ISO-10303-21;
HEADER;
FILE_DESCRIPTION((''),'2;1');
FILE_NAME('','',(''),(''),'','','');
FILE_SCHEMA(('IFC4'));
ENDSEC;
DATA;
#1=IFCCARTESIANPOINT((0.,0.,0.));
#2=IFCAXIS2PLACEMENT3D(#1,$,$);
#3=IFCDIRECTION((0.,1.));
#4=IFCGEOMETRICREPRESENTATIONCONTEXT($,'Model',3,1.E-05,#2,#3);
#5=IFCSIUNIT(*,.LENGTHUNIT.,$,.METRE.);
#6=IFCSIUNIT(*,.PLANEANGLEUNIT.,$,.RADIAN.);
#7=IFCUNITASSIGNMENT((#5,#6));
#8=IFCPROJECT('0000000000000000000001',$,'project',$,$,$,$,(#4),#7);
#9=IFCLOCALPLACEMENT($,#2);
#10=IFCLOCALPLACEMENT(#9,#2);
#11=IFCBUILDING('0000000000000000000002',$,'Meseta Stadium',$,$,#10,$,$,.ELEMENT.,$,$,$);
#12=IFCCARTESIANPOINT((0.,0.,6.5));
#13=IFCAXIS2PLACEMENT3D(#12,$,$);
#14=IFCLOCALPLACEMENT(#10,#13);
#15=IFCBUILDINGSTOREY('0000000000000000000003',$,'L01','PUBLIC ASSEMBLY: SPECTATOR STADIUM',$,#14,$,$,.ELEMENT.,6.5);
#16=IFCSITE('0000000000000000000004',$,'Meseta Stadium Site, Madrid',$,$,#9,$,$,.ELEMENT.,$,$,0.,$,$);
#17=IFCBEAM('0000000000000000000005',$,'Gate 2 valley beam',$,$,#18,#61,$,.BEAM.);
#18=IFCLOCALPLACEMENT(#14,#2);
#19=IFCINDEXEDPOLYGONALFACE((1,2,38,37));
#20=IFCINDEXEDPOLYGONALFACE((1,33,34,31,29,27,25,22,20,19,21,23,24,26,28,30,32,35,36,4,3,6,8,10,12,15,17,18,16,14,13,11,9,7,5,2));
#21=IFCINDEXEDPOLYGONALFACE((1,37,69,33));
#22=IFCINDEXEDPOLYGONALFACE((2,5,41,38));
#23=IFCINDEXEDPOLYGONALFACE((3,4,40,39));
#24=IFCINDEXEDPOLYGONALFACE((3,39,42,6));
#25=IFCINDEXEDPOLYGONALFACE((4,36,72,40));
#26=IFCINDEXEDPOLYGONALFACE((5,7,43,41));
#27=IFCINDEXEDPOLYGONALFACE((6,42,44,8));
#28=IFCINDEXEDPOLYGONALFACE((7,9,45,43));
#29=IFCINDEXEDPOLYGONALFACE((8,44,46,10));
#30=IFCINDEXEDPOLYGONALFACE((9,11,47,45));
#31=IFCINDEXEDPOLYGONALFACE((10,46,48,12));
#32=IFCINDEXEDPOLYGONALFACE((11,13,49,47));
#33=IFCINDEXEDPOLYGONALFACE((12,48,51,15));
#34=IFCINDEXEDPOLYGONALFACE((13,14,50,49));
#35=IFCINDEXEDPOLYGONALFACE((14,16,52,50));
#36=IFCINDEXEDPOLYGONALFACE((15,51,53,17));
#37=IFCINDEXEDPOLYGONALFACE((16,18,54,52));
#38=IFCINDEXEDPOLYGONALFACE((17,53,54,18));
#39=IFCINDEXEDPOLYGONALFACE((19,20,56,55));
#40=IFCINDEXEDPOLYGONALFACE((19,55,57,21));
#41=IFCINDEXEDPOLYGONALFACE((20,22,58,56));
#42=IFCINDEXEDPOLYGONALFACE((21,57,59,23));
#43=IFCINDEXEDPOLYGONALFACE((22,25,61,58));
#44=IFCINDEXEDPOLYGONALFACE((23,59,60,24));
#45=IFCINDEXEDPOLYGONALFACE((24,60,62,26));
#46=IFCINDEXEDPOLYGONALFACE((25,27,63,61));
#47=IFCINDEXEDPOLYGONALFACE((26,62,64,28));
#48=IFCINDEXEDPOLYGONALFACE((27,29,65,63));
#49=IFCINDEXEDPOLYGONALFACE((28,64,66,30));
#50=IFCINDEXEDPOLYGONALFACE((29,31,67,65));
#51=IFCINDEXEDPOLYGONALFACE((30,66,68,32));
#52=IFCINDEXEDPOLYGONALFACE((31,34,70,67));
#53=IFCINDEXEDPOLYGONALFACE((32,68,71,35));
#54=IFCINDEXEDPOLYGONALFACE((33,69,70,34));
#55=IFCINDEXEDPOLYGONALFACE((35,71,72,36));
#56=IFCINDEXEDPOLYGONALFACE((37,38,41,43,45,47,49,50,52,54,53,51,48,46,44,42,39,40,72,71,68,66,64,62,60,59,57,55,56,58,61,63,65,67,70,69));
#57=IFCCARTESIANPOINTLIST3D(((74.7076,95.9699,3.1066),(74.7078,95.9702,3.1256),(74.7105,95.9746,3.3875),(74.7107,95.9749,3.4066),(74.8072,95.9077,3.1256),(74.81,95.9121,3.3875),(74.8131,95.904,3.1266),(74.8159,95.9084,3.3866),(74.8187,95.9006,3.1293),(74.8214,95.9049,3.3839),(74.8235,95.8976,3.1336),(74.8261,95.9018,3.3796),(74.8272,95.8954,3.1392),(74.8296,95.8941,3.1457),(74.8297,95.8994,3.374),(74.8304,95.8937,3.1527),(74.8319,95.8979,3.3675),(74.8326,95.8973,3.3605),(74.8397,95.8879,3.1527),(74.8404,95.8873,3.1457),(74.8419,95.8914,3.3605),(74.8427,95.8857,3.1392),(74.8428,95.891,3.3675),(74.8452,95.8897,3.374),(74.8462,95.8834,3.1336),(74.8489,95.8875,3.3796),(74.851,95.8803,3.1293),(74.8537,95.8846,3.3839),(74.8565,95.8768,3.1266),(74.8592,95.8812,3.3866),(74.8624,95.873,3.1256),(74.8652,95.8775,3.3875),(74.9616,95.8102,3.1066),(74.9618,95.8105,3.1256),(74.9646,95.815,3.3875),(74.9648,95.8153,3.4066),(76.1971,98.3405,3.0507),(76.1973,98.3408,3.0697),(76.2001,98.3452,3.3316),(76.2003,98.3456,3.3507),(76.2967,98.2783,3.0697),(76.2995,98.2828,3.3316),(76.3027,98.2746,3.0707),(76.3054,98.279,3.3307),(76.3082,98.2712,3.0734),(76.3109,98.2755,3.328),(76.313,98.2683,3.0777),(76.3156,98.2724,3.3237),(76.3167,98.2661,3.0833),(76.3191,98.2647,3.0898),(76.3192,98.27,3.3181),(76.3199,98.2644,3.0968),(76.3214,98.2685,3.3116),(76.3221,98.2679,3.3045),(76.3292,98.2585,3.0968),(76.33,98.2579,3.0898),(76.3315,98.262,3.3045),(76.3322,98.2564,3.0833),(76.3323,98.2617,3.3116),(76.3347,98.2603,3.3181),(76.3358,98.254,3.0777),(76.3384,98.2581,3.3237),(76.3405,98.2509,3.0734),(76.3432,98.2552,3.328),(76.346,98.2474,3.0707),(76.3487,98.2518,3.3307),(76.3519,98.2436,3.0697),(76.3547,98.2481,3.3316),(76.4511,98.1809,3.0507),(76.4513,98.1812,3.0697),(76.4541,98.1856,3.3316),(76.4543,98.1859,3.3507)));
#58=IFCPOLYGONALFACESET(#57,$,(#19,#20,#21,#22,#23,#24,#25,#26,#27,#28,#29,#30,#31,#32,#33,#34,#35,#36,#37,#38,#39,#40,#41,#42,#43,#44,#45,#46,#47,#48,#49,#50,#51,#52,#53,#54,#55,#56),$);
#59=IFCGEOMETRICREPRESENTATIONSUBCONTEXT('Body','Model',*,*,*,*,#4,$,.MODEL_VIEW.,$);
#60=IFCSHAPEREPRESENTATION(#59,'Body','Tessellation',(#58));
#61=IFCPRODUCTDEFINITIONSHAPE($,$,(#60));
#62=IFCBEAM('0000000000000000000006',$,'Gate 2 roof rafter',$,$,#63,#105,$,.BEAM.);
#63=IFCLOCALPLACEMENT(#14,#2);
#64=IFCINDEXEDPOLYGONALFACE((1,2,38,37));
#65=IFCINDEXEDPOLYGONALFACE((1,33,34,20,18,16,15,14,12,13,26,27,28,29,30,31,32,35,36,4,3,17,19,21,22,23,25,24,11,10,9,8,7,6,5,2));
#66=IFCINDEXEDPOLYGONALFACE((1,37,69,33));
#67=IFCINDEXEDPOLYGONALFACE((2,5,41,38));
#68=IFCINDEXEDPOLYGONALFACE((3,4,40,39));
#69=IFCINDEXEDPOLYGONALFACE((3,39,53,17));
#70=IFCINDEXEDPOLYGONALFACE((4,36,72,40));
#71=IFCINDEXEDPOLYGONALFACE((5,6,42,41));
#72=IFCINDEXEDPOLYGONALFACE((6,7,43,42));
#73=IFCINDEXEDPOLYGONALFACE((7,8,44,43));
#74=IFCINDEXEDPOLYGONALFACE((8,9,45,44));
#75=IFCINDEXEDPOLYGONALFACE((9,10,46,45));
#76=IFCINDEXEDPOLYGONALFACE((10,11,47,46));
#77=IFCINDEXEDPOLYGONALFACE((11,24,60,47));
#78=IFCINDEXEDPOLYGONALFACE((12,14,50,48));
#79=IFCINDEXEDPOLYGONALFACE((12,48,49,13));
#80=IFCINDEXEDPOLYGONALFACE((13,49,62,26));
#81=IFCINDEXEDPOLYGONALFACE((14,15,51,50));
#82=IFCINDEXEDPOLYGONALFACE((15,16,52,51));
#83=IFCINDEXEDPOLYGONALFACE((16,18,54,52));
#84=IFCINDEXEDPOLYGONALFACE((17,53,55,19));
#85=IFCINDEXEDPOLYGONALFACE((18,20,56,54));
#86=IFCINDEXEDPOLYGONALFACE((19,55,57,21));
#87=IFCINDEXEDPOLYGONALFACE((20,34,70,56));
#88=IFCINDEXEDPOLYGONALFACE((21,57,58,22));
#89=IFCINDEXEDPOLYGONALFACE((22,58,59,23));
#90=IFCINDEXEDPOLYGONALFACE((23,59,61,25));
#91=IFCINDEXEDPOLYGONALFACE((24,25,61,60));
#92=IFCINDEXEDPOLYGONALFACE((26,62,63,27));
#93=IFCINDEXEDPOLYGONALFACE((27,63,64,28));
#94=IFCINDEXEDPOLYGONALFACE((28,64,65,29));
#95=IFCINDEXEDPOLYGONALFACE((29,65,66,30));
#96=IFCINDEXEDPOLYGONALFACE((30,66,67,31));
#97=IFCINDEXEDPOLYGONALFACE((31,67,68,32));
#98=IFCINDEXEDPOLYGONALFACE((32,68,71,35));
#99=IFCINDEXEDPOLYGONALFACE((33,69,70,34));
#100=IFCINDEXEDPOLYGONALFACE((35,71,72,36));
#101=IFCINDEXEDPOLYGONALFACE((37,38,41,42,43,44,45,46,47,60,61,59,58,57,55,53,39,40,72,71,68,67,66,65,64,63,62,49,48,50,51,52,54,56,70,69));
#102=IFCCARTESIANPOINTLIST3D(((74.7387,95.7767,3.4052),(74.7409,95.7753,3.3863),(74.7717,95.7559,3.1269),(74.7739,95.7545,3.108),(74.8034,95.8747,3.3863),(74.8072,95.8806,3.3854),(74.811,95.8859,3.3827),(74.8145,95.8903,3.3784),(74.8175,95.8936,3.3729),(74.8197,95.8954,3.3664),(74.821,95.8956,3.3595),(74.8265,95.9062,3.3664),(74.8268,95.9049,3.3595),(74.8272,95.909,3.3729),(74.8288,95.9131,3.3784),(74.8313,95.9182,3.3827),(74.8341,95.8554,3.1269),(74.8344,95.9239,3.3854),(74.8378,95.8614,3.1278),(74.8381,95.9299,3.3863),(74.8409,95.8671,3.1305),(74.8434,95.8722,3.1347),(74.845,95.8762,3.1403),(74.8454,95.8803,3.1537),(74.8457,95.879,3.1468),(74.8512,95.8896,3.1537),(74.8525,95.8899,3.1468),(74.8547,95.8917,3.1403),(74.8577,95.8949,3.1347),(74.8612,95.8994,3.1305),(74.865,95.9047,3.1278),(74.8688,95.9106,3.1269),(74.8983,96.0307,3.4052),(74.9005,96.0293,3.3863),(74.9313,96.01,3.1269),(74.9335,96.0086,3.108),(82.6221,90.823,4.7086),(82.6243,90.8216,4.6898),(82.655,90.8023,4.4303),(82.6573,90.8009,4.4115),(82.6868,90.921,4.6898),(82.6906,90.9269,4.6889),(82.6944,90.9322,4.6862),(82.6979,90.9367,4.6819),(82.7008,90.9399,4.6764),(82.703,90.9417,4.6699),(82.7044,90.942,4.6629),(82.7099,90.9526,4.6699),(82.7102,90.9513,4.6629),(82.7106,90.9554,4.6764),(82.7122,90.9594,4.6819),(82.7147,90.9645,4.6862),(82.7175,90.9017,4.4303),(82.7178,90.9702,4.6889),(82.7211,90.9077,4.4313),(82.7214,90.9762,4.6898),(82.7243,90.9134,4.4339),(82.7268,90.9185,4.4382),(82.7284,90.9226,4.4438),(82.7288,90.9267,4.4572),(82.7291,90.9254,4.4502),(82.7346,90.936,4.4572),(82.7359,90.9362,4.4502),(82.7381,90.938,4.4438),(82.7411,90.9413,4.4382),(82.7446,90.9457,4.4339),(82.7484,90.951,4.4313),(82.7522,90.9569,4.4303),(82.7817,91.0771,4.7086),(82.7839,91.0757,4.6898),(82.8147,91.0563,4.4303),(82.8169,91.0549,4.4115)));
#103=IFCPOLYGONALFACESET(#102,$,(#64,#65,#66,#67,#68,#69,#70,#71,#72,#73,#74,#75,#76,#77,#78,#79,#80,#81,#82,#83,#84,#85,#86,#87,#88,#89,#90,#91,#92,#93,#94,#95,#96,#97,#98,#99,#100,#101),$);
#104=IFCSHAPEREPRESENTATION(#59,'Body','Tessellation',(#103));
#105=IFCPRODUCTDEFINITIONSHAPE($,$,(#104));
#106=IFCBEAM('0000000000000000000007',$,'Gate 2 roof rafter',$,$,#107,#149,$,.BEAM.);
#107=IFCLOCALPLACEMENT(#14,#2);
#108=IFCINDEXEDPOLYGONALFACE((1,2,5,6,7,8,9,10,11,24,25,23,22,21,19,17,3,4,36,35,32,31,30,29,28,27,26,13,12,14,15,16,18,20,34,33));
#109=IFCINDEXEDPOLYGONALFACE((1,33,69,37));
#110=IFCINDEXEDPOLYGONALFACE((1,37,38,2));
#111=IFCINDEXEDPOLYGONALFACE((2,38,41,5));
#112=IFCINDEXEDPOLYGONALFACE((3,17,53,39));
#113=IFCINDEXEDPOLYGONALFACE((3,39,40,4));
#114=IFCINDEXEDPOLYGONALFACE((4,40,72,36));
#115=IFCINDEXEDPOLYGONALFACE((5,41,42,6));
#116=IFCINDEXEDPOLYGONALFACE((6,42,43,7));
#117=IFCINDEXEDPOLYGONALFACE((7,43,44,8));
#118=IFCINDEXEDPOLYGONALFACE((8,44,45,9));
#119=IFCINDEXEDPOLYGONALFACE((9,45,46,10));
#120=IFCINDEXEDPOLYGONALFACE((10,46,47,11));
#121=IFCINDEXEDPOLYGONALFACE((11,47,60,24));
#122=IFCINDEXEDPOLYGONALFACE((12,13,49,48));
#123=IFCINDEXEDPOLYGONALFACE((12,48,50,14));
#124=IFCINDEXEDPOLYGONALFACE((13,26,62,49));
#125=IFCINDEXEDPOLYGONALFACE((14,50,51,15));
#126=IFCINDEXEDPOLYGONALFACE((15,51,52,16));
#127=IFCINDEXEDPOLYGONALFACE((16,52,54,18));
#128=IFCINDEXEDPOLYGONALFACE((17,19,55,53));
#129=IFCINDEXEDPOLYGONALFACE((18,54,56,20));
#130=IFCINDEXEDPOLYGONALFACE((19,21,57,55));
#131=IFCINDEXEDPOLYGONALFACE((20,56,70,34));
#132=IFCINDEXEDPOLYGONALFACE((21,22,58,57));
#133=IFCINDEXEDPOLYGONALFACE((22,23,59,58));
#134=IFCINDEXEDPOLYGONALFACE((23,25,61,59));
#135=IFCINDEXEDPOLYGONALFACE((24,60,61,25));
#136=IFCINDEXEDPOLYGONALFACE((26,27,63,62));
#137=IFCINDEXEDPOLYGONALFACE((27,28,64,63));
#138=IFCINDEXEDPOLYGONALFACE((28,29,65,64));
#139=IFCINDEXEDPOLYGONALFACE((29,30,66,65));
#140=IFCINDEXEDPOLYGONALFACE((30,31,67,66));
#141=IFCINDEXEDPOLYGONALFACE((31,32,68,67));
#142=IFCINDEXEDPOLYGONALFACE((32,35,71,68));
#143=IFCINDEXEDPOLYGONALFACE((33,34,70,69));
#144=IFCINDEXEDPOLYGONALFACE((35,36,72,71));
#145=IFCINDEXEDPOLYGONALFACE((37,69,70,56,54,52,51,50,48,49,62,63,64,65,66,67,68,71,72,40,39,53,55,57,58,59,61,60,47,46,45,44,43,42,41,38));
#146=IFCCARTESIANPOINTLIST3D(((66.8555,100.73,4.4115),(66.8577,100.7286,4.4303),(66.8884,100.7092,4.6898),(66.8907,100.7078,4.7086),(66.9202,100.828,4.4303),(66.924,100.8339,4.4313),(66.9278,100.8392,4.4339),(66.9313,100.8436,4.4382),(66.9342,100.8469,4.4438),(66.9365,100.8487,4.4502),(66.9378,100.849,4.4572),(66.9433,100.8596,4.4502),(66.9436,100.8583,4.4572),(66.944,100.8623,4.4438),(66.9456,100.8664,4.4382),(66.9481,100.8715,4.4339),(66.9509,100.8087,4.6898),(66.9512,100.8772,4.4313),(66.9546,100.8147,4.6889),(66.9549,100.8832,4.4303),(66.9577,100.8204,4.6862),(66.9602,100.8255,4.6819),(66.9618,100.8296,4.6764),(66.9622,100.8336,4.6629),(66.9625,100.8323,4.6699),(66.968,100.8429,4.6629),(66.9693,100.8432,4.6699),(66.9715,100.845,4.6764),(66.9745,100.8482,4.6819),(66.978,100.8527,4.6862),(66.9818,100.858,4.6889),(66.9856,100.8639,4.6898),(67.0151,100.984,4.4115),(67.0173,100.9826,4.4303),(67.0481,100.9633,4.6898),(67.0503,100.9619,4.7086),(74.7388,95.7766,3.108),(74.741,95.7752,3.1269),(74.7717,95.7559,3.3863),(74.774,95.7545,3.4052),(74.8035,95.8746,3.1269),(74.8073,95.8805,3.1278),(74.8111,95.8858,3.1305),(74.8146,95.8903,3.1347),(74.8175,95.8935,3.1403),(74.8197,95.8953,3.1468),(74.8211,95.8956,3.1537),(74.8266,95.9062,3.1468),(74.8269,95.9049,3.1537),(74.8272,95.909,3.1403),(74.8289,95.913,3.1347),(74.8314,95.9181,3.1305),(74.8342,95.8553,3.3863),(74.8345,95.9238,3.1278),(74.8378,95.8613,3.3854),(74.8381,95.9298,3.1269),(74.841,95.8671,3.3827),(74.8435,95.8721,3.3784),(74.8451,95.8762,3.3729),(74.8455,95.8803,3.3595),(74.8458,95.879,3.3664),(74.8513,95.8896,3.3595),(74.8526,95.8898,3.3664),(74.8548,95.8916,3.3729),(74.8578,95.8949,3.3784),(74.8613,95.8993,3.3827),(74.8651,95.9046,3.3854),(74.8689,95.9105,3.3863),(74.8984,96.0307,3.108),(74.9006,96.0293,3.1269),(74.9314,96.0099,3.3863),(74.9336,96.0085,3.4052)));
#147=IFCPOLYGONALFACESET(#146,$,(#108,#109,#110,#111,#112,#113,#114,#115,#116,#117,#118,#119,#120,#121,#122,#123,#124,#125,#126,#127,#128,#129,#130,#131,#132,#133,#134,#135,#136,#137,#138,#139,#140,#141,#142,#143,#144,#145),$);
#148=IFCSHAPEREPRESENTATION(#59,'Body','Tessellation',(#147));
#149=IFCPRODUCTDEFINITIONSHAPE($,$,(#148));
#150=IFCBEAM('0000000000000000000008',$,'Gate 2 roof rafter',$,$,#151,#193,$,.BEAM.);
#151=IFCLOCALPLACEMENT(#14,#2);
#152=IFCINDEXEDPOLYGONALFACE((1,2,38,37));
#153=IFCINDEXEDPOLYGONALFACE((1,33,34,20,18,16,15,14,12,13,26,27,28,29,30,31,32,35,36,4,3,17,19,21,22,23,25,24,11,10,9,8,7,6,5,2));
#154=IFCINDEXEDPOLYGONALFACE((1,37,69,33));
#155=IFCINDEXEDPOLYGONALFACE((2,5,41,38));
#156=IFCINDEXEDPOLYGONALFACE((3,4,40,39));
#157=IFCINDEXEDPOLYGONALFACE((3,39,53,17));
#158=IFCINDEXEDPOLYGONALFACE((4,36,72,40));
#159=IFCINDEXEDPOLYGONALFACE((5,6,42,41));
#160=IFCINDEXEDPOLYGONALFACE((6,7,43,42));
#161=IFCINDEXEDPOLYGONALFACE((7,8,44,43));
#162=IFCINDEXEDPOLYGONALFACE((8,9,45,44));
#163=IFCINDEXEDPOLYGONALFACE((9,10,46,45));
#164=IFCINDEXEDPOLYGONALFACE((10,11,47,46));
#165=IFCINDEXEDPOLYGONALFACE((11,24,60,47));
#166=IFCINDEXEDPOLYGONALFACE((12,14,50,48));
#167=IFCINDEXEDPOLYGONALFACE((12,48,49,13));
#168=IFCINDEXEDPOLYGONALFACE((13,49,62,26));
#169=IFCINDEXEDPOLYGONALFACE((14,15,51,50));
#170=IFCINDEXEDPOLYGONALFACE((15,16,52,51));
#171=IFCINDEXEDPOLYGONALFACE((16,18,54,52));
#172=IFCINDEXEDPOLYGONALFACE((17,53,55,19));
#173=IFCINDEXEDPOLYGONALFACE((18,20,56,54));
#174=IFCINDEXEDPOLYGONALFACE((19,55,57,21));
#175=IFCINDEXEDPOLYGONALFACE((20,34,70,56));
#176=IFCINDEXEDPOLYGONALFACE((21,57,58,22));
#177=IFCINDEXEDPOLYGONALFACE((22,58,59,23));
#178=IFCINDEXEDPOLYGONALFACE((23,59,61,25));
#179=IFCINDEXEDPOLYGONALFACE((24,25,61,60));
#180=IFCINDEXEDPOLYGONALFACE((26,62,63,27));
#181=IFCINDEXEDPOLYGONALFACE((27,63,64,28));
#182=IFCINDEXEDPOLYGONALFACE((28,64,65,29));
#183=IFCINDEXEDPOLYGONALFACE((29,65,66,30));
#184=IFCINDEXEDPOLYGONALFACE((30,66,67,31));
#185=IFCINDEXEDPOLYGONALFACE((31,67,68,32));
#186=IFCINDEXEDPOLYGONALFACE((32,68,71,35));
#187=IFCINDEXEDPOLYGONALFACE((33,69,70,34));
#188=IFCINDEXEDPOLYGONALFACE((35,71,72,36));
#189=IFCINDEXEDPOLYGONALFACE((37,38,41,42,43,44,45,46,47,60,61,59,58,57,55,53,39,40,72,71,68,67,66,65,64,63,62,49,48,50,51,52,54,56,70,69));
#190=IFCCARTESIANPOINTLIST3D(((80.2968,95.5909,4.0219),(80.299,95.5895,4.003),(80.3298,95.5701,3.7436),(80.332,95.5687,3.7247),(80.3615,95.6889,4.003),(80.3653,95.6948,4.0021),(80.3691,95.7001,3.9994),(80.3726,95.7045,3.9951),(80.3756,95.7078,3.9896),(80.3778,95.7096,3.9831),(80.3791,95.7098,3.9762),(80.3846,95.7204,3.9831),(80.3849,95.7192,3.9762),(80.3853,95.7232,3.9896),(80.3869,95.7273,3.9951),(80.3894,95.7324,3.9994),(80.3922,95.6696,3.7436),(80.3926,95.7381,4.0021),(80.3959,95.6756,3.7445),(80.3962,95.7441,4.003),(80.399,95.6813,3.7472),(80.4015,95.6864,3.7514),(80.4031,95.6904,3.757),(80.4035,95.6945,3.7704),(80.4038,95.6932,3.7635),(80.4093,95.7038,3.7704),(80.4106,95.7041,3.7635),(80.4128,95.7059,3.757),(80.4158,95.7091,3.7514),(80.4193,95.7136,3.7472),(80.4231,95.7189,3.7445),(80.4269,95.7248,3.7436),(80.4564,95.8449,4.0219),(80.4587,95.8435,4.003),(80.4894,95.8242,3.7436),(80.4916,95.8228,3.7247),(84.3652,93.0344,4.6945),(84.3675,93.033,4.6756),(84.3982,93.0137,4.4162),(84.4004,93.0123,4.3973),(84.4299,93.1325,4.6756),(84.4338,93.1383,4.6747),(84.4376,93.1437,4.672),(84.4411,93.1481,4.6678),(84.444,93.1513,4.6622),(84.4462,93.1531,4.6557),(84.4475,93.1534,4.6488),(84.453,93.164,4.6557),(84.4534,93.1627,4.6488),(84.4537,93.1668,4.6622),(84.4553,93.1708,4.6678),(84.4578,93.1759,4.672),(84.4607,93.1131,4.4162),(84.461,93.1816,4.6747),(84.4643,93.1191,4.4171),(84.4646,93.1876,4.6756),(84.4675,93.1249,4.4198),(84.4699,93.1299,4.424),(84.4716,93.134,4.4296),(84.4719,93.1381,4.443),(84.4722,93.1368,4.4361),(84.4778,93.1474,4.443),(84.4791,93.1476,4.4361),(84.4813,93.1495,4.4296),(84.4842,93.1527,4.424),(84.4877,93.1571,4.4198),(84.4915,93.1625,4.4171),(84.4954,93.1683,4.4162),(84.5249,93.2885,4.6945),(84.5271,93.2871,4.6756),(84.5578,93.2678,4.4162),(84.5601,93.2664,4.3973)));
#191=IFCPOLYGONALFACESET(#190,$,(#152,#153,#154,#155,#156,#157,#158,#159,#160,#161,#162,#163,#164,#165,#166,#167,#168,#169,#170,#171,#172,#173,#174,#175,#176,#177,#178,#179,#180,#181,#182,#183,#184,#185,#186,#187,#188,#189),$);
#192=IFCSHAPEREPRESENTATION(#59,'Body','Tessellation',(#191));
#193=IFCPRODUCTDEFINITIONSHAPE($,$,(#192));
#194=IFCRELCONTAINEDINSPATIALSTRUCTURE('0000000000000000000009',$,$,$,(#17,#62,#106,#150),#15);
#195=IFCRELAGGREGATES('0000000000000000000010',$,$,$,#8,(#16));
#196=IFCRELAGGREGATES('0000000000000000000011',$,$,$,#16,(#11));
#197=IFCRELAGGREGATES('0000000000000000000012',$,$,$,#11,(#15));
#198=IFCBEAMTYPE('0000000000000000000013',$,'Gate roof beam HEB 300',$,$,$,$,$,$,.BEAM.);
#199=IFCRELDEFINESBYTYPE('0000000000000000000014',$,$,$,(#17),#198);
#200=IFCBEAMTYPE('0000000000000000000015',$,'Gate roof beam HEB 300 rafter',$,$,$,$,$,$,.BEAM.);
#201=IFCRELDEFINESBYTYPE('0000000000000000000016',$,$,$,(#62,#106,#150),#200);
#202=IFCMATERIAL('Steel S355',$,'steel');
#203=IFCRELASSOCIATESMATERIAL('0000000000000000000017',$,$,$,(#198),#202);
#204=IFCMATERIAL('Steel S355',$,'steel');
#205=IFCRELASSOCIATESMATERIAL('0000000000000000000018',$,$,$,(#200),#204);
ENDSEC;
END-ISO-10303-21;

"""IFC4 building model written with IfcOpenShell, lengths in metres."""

from ifc_helpers import new_model, si_unit, direction, frame, origin, origin_2d, place, context, subcontext, project, spatial, i_section, extrude, material, material_profile, profile_set, type_object, element, save


model = new_model("IFC4")

# Units and contexts
model_context = context("Model", 3, precision=1e-05, world=origin(), true_north=direction((0.0, 1.0)))
body_context = subcontext(model_context, "Body", "Model", "MODEL_VIEW")
ifc_project = project(units=[si_unit("LENGTHUNIT", "METRE"), si_unit("PLANEANGLEUNIT", "RADIAN")], contexts=[model_context])

# Site, building, storey
site_placement = place(None, origin())
site = spatial("IfcSite", under=ifc_project, at=site_placement, Name="Meseta Stadium Site, Madrid", CompositionType="ELEMENT", RefElevation=0.0)
building_placement = place(site_placement, origin())
building = spatial("IfcBuilding", under=site, at=building_placement, Name="Meseta Stadium", CompositionType="ELEMENT")
storey_placement = place(building_placement, frame((0.0, 0.0, 6.5)))
storey = spatial("IfcBuildingStorey", under=building, at=storey_placement, Name="L01", Description="PUBLIC ASSEMBLY: SPECTATOR STADIUM", CompositionType="ELEMENT", Elevation=6.5)

# Beams
ifc_material_1 = material(Name="Steel S355", Category="steel")
ifc_material_profile_1 = material_profile(ifc_material_1, i_section(OverallWidth=0.3, OverallDepth=0.3, WebThickness=0.011, FlangeThickness=0.019, FilletRadius=0.0271, at=origin_2d()), Name="HEB 300")
ifc_profile_set_1 = profile_set([ifc_material_profile_1], Name="Steel S355")
beam_type_1 = type_object("IfcBeamType", Name="Gate roof beam HEB 300", PredefinedType="BEAM", material=ifc_profile_set_1)
beam_1_placement = place(storey_placement, frame((74.8362, 95.8926, 3.2566), z_axis=(0.531914, 0.846563, -0.019965), x_axis=(-0.846732, 0.53202, 0.0)))
element("IfcBeam", 1, at=beam_1_placement, inside=storey, type_object=beam_type_1, Name="Gate 2 valley beam", PredefinedType="BEAM", context=body_context, shape_type="SweptSolid", body=[
    extrude(i_section(OverallWidth=0.3, OverallDepth=0.3, WebThickness=0.011, FlangeThickness=0.019, FilletRadius=0.0271, at=origin_2d()), origin(), (0.0, 0.0, 1.0), 2.8003),
])
ifc_material_2 = material(Name="Steel S355", Category="steel")
ifc_material_profile_2 = material_profile(ifc_material_2, i_section(OverallWidth=0.3, OverallDepth=0.3, WebThickness=0.011, FlangeThickness=0.019, FilletRadius=0.0271, at=origin_2d()), Name="HEB 300")
ifc_profile_set_2 = profile_set([ifc_material_profile_2], Name="Steel S355")
beam_type_2 = type_object("IfcBeamType", Name="Gate roof beam HEB 300 rafter", PredefinedType="BEAM", material=ifc_profile_set_2)
beam_2_placement = place(storey_placement, frame((82.7195, 90.939, 4.5601), z_axis=(-0.838536, 0.526909, -0.138648), x_axis=(-0.532048, -0.846714, 0.0)))
element("IfcBeam", 2, at=beam_2_placement, inside=storey, type_object=beam_type_2, Name="Gate 2 roof rafter", PredefinedType="BEAM", context=body_context, shape_type="SweptSolid", body=[
    extrude(i_section(OverallWidth=0.3, OverallDepth=0.3, WebThickness=0.011, FlangeThickness=0.019, FilletRadius=0.0271, at=origin_2d()), origin(), (0.0, 0.0, 1.0), 9.4014),
])
beam_3_placement = place(storey_placement, frame((74.8362, 95.8926, 3.2566), z_axis=(-0.838548, 0.526891, 0.13865), x_axis=(-0.532029, -0.846726, 0.0)))
element("IfcBeam", 3, at=beam_3_placement, inside=storey, type_object=beam_type_2, Name="Gate 2 roof rafter", PredefinedType="BEAM", context=body_context, shape_type="SweptSolid", body=[
    extrude(i_section(OverallWidth=0.3, OverallDepth=0.3, WebThickness=0.011, FlangeThickness=0.019, FilletRadius=0.0271, at=origin_2d()), origin(), (0.0, 0.0, 1.0), 9.4011),
])
for number, where, z_axis, x_axis, name in (
    (4, (84.4626, 93.1504, 4.5459), (-0.838541, 0.526906, -0.138633), (-0.532044, -0.846717, 0.0), "Gate 2 roof rafter"),
):
    element("IfcBeam", number, at=place(storey_placement, frame(where, z_axis=z_axis, x_axis=x_axis)), inside=storey, type_object=beam_type_2, Name=name, PredefinedType="BEAM", context=body_context, shape_type="SweptSolid", body=[
        extrude(i_section(OverallWidth=0.3, OverallDepth=0.3, WebThickness=0.011, FlangeThickness=0.019, FilletRadius=0.0271, at=origin_2d()), origin(), (0.0, 0.0, 1.0), 4.8518),
    ])

save(model, "model.ifc")
